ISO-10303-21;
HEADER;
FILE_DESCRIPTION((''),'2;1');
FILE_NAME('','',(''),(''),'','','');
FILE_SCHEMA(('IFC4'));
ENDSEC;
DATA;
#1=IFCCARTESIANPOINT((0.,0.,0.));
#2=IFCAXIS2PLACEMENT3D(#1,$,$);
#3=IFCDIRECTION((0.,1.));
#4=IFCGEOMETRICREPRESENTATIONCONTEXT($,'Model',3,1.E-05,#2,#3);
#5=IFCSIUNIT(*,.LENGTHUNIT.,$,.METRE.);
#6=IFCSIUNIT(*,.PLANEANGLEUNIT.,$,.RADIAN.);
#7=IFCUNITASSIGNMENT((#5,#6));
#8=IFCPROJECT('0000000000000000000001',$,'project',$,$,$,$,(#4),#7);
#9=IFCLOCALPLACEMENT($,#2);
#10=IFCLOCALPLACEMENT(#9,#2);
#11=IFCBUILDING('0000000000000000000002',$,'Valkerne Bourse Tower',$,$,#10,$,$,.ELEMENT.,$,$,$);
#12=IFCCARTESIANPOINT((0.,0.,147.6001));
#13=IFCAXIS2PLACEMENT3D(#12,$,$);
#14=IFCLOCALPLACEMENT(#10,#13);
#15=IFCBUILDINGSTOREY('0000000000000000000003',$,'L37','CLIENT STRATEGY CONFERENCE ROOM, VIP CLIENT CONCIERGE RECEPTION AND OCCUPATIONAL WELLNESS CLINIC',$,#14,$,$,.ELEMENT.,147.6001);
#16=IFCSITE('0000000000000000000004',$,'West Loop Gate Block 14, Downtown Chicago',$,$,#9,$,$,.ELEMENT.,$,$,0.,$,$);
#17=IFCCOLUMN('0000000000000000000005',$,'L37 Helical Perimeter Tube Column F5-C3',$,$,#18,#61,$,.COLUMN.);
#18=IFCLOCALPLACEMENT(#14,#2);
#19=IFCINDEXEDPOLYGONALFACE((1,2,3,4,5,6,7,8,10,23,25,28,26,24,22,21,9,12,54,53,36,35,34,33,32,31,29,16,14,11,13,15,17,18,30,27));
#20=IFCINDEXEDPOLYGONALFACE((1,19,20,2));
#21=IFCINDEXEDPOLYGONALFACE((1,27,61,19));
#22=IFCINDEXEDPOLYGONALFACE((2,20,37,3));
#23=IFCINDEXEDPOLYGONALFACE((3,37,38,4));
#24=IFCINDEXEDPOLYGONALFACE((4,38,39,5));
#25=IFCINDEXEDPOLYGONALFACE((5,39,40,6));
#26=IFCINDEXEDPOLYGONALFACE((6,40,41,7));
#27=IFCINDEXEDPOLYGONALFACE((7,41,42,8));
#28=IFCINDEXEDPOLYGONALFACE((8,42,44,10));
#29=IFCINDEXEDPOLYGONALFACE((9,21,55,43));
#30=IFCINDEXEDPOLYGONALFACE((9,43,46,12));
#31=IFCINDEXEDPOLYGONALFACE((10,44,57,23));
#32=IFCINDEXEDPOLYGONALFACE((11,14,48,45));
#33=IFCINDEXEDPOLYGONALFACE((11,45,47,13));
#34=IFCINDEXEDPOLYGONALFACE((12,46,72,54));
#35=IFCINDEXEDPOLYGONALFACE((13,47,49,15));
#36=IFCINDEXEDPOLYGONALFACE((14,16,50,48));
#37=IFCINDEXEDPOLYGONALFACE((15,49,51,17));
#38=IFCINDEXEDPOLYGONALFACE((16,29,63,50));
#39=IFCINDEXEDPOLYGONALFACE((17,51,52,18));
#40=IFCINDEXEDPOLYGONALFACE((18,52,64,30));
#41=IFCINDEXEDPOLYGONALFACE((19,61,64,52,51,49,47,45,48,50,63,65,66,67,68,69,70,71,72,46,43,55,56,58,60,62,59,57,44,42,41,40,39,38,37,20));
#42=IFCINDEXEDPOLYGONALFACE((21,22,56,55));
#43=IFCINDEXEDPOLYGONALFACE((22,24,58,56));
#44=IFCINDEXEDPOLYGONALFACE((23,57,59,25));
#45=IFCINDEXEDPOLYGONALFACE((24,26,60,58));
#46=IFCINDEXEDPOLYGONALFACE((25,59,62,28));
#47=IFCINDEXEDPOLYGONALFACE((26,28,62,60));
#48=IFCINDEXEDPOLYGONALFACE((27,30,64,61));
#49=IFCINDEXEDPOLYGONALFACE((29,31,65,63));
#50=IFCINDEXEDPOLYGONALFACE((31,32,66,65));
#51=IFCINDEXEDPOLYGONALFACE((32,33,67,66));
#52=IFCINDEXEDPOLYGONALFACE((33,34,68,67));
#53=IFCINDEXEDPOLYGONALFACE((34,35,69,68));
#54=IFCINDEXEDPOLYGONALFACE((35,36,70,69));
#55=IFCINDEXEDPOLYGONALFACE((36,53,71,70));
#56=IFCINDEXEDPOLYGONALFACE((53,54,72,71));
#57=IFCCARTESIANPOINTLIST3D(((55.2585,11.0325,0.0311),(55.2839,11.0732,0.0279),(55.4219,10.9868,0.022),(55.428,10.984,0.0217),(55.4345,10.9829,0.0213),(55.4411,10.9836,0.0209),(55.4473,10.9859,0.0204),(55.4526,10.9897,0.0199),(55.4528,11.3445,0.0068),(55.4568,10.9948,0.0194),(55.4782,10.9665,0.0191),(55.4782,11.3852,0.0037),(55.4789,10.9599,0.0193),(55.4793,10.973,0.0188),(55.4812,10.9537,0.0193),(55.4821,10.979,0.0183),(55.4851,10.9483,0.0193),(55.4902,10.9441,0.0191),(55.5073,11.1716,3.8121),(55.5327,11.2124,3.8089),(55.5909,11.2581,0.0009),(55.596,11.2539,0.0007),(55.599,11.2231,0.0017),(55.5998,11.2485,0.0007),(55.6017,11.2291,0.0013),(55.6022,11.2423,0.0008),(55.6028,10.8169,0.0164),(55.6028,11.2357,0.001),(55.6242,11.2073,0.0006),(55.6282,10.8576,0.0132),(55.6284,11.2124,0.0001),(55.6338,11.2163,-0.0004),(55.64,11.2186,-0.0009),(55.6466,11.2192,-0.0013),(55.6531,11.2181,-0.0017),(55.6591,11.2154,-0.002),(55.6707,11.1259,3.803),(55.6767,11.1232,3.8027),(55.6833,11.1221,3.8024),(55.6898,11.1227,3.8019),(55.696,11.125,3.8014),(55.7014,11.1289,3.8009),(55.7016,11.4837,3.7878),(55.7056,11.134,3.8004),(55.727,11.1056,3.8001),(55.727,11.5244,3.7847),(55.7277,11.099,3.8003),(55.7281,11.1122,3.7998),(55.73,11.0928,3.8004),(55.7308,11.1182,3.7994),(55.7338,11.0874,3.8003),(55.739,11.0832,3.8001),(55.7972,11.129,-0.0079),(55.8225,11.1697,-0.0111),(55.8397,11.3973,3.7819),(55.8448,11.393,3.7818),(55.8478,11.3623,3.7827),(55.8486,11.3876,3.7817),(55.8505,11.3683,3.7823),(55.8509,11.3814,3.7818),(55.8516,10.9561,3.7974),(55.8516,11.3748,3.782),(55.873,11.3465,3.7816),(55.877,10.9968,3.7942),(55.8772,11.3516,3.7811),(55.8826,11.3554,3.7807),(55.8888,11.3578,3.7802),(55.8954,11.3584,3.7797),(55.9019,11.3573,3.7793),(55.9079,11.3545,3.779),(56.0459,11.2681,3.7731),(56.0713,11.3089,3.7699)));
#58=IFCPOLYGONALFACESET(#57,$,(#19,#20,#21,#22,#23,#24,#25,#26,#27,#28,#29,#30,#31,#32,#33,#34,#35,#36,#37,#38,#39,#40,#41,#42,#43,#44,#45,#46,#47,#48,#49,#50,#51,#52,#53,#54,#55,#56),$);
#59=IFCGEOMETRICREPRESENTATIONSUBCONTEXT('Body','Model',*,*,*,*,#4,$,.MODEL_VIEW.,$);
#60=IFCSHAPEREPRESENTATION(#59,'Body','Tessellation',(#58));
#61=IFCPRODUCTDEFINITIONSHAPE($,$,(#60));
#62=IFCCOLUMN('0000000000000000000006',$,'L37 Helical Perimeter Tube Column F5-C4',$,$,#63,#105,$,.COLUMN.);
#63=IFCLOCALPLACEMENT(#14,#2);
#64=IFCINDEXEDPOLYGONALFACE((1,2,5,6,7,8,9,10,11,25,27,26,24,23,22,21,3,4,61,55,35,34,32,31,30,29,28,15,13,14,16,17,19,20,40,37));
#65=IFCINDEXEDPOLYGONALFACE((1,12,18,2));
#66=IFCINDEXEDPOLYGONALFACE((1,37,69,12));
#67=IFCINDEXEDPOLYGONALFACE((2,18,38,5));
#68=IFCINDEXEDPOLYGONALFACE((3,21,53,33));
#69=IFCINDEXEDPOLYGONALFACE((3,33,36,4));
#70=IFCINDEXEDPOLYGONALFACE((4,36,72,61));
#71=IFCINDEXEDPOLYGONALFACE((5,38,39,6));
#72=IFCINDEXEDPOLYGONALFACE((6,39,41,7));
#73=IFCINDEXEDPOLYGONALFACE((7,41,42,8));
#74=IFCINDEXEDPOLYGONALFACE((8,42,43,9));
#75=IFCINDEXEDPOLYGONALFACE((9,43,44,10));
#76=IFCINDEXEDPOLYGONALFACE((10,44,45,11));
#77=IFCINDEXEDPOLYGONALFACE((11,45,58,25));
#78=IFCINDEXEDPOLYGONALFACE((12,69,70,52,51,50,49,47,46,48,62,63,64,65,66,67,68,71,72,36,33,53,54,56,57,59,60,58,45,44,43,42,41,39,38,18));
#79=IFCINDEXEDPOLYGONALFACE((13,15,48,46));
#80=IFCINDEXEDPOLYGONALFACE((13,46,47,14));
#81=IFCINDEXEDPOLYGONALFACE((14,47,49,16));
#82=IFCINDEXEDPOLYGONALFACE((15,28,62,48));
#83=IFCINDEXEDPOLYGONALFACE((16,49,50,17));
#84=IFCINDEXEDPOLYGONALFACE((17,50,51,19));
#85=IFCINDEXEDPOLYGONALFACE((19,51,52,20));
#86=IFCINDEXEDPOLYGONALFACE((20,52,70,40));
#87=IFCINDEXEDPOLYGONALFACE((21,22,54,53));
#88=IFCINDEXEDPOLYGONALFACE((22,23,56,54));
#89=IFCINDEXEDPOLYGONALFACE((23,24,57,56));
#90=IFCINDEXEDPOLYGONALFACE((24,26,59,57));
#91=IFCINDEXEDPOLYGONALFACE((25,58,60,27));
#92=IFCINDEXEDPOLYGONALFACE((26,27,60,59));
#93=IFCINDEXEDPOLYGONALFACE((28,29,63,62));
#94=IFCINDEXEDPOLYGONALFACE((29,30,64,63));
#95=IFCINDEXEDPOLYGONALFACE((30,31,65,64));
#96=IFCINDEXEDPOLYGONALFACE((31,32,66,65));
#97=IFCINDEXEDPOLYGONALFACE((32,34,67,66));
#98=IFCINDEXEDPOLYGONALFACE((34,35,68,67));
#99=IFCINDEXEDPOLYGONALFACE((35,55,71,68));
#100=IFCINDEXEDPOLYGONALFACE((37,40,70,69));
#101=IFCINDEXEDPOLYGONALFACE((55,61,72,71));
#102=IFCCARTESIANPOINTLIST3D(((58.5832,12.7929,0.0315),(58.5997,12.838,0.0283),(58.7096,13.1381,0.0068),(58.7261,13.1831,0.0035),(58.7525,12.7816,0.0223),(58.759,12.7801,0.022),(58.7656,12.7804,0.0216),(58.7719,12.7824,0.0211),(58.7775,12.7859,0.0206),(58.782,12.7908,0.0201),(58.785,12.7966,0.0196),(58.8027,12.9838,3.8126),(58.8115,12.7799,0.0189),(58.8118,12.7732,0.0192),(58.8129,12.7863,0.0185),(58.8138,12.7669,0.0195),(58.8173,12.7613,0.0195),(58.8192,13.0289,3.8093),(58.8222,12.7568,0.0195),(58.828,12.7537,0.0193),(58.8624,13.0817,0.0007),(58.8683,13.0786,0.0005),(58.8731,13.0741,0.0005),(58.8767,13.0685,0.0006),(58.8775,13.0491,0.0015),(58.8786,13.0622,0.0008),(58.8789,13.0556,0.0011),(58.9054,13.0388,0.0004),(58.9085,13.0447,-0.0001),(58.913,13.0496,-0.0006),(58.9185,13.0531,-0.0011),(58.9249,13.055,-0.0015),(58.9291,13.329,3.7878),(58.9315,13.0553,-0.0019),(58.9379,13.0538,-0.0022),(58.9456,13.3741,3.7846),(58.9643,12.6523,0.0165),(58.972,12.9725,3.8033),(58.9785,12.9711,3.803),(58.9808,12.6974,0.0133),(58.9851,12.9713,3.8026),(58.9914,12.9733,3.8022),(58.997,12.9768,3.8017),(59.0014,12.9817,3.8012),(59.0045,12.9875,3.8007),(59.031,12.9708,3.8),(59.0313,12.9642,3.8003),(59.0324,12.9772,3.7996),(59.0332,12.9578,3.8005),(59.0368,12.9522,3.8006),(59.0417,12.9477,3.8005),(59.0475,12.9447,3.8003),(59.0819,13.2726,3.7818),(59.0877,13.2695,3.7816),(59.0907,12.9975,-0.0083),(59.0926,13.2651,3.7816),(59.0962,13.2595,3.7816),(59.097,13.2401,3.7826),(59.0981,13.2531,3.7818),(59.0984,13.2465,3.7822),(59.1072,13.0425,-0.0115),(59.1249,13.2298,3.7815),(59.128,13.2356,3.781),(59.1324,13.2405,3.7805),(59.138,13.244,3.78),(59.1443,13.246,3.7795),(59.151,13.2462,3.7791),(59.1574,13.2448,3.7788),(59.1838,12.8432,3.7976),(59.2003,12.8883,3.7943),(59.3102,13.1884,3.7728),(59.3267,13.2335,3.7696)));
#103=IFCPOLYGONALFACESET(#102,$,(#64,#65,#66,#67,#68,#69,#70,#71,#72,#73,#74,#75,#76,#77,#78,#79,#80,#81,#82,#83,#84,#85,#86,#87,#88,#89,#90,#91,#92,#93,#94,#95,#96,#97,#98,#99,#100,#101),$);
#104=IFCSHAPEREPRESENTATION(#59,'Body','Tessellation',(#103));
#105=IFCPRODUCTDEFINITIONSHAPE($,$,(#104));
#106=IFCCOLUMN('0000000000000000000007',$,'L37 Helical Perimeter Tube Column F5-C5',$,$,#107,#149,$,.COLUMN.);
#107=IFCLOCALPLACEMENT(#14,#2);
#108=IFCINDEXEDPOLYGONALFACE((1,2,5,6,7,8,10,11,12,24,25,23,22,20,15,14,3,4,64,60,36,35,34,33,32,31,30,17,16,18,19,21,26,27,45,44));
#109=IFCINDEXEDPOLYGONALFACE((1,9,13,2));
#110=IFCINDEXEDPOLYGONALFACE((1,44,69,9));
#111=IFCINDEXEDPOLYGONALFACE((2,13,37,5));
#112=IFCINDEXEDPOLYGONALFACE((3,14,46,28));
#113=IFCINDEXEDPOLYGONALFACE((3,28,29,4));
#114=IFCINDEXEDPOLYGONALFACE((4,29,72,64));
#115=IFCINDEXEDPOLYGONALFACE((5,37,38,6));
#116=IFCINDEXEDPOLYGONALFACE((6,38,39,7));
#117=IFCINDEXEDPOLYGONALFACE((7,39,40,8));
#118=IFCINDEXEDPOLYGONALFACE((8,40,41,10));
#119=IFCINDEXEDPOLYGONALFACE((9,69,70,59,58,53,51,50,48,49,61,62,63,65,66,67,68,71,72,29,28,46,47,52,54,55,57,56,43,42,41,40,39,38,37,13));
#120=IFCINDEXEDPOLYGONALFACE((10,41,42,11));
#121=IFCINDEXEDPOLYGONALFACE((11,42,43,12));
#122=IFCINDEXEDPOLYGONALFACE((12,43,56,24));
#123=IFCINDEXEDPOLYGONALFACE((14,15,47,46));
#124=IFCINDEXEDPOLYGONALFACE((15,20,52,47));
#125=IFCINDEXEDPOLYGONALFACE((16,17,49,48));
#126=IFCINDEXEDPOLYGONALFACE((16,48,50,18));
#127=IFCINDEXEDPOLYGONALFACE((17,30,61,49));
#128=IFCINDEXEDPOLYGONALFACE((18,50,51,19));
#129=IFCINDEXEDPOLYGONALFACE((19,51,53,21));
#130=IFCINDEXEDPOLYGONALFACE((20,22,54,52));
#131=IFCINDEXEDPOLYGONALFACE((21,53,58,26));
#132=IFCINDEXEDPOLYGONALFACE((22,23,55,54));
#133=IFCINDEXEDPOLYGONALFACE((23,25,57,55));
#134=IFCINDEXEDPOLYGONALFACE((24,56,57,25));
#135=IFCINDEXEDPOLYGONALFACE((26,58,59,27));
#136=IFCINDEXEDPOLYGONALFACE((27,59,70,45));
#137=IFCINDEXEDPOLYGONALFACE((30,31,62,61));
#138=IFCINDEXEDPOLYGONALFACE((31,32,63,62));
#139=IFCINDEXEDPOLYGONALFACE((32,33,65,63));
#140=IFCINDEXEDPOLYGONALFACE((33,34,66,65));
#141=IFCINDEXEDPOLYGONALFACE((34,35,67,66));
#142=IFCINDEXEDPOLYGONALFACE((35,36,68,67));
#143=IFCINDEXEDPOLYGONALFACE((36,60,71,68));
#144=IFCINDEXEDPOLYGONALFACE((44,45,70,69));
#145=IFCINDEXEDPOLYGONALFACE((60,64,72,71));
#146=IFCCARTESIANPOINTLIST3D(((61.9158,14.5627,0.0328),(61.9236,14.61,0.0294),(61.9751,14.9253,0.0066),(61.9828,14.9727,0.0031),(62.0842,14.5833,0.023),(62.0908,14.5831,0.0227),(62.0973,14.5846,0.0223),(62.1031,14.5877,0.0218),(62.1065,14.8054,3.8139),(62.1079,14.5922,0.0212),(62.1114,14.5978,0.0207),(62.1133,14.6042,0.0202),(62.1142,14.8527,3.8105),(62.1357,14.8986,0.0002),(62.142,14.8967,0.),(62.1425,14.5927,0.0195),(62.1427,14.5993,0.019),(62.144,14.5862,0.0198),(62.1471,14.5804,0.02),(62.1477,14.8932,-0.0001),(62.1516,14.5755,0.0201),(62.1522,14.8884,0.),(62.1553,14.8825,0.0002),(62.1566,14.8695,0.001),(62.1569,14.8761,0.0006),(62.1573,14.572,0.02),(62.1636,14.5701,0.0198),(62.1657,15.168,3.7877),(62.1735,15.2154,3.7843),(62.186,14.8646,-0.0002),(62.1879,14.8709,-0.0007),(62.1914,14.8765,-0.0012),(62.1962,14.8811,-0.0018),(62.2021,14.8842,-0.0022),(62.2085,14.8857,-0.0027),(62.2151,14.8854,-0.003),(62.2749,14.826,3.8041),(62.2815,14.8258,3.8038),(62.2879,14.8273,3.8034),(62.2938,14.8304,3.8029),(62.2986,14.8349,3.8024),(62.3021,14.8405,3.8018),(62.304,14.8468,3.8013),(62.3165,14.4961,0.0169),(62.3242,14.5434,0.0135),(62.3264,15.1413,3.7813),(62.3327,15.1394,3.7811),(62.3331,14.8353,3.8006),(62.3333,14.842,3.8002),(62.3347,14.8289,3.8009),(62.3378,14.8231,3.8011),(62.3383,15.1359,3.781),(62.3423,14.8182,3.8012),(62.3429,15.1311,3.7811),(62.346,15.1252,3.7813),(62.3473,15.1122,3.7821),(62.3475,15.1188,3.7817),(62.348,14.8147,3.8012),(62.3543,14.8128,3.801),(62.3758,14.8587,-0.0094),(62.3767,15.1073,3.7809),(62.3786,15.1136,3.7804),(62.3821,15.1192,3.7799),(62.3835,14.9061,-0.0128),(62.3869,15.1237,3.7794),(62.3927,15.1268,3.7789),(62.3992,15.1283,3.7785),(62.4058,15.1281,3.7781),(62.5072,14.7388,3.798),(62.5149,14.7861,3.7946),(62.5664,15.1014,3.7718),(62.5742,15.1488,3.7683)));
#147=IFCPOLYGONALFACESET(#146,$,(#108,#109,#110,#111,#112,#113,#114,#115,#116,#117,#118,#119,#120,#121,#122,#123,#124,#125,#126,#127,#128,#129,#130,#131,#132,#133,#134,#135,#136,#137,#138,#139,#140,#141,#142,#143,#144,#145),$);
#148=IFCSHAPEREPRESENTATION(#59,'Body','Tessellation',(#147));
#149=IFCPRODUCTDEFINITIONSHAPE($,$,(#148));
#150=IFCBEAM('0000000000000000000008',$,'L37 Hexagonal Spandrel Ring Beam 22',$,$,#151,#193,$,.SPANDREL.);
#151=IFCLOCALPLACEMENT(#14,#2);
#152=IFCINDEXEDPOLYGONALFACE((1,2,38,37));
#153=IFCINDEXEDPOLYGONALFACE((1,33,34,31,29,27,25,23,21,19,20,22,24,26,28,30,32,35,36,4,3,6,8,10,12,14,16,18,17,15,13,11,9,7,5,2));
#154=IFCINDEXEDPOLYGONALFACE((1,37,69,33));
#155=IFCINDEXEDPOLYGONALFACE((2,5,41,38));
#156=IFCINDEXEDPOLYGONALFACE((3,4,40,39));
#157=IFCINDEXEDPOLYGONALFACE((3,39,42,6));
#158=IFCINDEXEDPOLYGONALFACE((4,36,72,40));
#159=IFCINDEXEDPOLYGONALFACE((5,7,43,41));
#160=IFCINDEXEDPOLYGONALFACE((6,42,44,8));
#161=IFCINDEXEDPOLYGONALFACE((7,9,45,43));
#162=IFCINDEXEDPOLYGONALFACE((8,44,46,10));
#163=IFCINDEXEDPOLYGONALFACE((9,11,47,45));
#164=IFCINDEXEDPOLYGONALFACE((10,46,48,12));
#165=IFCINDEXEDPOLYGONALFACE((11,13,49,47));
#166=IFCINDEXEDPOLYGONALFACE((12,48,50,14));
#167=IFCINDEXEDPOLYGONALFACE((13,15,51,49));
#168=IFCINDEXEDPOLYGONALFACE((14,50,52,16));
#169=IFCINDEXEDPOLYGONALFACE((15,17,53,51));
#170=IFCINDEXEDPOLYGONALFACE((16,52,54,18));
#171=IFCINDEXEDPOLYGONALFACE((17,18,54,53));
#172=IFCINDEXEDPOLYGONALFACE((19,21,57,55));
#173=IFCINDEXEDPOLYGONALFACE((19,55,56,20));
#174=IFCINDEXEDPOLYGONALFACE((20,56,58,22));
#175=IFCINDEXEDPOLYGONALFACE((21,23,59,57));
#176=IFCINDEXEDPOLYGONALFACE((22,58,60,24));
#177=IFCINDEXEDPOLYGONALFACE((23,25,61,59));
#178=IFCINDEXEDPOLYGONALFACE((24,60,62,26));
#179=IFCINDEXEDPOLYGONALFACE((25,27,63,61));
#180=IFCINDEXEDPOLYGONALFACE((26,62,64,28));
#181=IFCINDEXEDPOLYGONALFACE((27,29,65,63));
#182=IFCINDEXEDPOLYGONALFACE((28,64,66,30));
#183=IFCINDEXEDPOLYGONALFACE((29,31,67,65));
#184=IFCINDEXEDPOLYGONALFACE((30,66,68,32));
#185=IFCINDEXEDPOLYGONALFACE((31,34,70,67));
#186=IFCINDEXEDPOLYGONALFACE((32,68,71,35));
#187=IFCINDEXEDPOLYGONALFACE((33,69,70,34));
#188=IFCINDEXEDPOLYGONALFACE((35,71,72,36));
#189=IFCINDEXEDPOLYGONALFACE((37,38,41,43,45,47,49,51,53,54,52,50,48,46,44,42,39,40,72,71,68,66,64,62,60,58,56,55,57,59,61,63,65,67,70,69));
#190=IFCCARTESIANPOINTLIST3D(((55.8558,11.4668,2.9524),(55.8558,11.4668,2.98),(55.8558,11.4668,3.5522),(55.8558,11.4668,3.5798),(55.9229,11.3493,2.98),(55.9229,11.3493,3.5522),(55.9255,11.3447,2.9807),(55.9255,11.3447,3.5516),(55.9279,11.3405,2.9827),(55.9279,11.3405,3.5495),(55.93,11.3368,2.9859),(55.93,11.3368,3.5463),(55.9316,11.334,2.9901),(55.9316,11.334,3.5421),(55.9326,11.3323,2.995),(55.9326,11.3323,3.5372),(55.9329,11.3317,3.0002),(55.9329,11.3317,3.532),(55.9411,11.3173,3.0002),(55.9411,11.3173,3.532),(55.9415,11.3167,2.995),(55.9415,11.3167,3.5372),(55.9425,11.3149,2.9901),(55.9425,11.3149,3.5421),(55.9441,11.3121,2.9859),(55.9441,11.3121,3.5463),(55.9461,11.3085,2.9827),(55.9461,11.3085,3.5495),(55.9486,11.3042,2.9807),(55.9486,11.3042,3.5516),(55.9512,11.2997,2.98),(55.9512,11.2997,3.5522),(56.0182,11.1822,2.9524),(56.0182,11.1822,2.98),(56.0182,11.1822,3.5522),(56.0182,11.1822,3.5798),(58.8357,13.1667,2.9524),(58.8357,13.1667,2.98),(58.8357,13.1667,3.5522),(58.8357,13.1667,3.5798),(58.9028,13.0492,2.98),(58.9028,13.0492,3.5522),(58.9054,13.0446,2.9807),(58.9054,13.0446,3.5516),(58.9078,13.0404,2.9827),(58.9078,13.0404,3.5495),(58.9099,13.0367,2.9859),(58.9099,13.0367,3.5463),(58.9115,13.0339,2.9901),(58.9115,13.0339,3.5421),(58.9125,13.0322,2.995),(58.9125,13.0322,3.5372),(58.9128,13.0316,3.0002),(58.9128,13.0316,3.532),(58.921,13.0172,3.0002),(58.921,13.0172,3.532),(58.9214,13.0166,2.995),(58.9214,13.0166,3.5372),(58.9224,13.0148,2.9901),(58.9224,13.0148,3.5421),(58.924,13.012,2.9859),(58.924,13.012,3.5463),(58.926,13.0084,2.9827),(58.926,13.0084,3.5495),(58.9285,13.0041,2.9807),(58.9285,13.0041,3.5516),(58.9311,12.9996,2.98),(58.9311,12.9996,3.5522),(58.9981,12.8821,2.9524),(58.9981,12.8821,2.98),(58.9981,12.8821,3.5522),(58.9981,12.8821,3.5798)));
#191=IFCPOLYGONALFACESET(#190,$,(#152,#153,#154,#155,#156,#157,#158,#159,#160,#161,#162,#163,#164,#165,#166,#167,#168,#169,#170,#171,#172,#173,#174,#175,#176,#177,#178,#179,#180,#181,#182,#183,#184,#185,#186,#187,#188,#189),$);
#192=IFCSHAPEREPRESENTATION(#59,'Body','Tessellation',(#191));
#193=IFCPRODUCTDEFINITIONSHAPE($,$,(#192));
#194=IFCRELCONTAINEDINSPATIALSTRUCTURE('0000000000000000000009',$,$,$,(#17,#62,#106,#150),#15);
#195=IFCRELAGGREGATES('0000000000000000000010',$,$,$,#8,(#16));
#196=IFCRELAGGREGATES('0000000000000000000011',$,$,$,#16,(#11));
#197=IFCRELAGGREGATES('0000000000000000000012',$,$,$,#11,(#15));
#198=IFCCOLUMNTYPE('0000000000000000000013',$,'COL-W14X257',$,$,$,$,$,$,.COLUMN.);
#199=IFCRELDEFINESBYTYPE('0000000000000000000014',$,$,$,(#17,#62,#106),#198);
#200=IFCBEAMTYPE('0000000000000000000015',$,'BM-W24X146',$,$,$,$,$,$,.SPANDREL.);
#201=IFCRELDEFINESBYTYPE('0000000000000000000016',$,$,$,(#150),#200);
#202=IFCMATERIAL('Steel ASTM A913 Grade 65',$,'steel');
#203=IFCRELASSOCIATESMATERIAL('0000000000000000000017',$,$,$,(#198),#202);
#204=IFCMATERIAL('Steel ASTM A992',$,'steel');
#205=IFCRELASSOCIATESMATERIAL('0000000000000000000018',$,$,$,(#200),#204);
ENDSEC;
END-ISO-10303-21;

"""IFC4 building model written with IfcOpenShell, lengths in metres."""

from ifc_helpers import new_model, si_unit, direction, frame, origin, origin_2d, place, context, subcontext, project, spatial, i_section, extrude, material, material_profile, profile_set, type_object, element, save


model = new_model("IFC4")

# Units and contexts
model_context = context("Model", 3, precision=1e-05, world=origin(), true_north=direction((0.0, 1.0)))
body_context = subcontext(model_context, "Body", "Model", "MODEL_VIEW")
ifc_project = project(units=[si_unit("LENGTHUNIT", "METRE"), si_unit("PLANEANGLEUNIT", "RADIAN")], contexts=[model_context])

# Site, building, storey
site_placement = place(None, origin())
site = spatial("IfcSite", under=ifc_project, at=site_placement, Name="West Loop Gate Block 14, Downtown Chicago", CompositionType="ELEMENT", RefElevation=0.0)
building_placement = place(site_placement, origin())
building = spatial("IfcBuilding", under=site, at=building_placement, Name="Valkerne Bourse Tower", CompositionType="ELEMENT")
storey_placement = place(building_placement, frame((0.0, 0.0, 147.6001)))
storey = spatial("IfcBuildingStorey", under=building, at=storey_placement, Name="L37", Description="CLIENT STRATEGY CONFERENCE ROOM, VIP CLIENT CONCIERGE RECEPTION AND OCCUPATIONAL WELLNESS CLINIC", CompositionType="ELEMENT", Elevation=147.6001)

# Columns
ifc_material_1 = material(Name="Steel ASTM A913 Grade 65", Category="steel")
ifc_material_profile_1 = material_profile(ifc_material_1, i_section(OverallWidth=0.4065, OverallDepth=0.4165, WebThickness=0.0298, FlangeThickness=0.0481, FilletRadius=0.0254, at=origin_2d()), Name="W14X257")
ifc_profile_set_1 = profile_set([ifc_material_profile_1], Name="Steel ASTM A913 Grade 65")
column_type = type_object("IfcColumnType", Name="COL-W14X257", PredefinedType="COLUMN", material=ifc_profile_set_1)
column_1_placement = place(storey_placement, frame((55.5405, 11.1011, 0.01), z_axis=(0.065611, 0.036701, 0.99717), x_axis=(-0.847056, 0.530268, 0.036217)))
element("IfcColumn", 1, at=column_1_placement, inside=storey, type_object=column_type, Name="L37 Helical Perimeter Tube Column F5-C3", PredefinedType="COLUMN", context=body_context, shape_type="SweptSolid", body=[
    extrude(i_section(OverallWidth=0.4065, OverallDepth=0.4165, WebThickness=0.0298, FlangeThickness=0.0481, FilletRadius=0.0254, at=origin_2d()), origin(), (0.0, 0.0, 1.0), 3.7917),
])
column_2_placement = place(storey_placement, frame((58.8452, 12.9177, 0.01), z_axis=(0.057878, 0.050345, 0.997053), x_axis=(-0.937534, 0.345926, 0.036955)))
element("IfcColumn", 2, at=column_2_placement, inside=storey, type_object=column_type, Name="L37 Helical Perimeter Tube Column F5-C4", PredefinedType="COLUMN", context=body_context, shape_type="SweptSolid", body=[
    extrude(i_section(OverallWidth=0.4065, OverallDepth=0.4165, WebThickness=0.0298, FlangeThickness=0.0481, FilletRadius=0.0254, at=origin_2d()), origin(), (0.0, 0.0, 1.0), 3.7922),
])
column_3_placement = place(storey_placement, frame((62.1497, 14.7344, 0.01), z_axis=(0.050262, 0.06397, 0.996685), x_axis=(-0.985707, 0.163845, 0.039193)))
element("IfcColumn", 3, at=column_3_placement, inside=storey, type_object=column_type, Name="L37 Helical Perimeter Tube Column F5-C5", PredefinedType="COLUMN", context=body_context, shape_type="SweptSolid", body=[
    extrude(i_section(OverallWidth=0.4065, OverallDepth=0.4165, WebThickness=0.0298, FlangeThickness=0.0481, FilletRadius=0.0254, at=origin_2d()), origin(), (0.0, 0.0, 1.0), 3.7937),
])

# Beam
ifc_material_2 = material(Name="Steel ASTM A992", Category="steel")
ifc_material_profile_2 = material_profile(ifc_material_2, i_section(OverallWidth=0.3276, OverallDepth=0.6274, WebThickness=0.0166, FlangeThickness=0.0276, FilletRadius=0.0203, at=origin_2d()), Name="W24X146")
ifc_profile_set_2 = profile_set([ifc_material_profile_2], Name="Steel ASTM A992")
beam_type = type_object("IfcBeamType", Name="BM-W24X146", PredefinedType="SPANDREL", material=ifc_profile_set_2)
beam_1_placement = place(storey_placement, frame((55.937, 11.3245, 3.2661), z_axis=(0.868606, 0.495503, 0.0), x_axis=(-0.495503, 0.868606, 0.0)))
element("IfcBeam", 4, at=beam_1_placement, inside=storey, type_object=beam_type, Name="L37 Hexagonal Spandrel Ring Beam 22", PredefinedType="SPANDREL", context=body_context, shape_type="SweptSolid", body=[
    extrude(i_section(OverallWidth=0.3276, OverallDepth=0.6274, WebThickness=0.0166, FlangeThickness=0.0276, FilletRadius=0.0203, at=origin_2d()), origin(), (0.0, 0.0, 1.0), 3.4307),
])

save(model, "model.ifc")
